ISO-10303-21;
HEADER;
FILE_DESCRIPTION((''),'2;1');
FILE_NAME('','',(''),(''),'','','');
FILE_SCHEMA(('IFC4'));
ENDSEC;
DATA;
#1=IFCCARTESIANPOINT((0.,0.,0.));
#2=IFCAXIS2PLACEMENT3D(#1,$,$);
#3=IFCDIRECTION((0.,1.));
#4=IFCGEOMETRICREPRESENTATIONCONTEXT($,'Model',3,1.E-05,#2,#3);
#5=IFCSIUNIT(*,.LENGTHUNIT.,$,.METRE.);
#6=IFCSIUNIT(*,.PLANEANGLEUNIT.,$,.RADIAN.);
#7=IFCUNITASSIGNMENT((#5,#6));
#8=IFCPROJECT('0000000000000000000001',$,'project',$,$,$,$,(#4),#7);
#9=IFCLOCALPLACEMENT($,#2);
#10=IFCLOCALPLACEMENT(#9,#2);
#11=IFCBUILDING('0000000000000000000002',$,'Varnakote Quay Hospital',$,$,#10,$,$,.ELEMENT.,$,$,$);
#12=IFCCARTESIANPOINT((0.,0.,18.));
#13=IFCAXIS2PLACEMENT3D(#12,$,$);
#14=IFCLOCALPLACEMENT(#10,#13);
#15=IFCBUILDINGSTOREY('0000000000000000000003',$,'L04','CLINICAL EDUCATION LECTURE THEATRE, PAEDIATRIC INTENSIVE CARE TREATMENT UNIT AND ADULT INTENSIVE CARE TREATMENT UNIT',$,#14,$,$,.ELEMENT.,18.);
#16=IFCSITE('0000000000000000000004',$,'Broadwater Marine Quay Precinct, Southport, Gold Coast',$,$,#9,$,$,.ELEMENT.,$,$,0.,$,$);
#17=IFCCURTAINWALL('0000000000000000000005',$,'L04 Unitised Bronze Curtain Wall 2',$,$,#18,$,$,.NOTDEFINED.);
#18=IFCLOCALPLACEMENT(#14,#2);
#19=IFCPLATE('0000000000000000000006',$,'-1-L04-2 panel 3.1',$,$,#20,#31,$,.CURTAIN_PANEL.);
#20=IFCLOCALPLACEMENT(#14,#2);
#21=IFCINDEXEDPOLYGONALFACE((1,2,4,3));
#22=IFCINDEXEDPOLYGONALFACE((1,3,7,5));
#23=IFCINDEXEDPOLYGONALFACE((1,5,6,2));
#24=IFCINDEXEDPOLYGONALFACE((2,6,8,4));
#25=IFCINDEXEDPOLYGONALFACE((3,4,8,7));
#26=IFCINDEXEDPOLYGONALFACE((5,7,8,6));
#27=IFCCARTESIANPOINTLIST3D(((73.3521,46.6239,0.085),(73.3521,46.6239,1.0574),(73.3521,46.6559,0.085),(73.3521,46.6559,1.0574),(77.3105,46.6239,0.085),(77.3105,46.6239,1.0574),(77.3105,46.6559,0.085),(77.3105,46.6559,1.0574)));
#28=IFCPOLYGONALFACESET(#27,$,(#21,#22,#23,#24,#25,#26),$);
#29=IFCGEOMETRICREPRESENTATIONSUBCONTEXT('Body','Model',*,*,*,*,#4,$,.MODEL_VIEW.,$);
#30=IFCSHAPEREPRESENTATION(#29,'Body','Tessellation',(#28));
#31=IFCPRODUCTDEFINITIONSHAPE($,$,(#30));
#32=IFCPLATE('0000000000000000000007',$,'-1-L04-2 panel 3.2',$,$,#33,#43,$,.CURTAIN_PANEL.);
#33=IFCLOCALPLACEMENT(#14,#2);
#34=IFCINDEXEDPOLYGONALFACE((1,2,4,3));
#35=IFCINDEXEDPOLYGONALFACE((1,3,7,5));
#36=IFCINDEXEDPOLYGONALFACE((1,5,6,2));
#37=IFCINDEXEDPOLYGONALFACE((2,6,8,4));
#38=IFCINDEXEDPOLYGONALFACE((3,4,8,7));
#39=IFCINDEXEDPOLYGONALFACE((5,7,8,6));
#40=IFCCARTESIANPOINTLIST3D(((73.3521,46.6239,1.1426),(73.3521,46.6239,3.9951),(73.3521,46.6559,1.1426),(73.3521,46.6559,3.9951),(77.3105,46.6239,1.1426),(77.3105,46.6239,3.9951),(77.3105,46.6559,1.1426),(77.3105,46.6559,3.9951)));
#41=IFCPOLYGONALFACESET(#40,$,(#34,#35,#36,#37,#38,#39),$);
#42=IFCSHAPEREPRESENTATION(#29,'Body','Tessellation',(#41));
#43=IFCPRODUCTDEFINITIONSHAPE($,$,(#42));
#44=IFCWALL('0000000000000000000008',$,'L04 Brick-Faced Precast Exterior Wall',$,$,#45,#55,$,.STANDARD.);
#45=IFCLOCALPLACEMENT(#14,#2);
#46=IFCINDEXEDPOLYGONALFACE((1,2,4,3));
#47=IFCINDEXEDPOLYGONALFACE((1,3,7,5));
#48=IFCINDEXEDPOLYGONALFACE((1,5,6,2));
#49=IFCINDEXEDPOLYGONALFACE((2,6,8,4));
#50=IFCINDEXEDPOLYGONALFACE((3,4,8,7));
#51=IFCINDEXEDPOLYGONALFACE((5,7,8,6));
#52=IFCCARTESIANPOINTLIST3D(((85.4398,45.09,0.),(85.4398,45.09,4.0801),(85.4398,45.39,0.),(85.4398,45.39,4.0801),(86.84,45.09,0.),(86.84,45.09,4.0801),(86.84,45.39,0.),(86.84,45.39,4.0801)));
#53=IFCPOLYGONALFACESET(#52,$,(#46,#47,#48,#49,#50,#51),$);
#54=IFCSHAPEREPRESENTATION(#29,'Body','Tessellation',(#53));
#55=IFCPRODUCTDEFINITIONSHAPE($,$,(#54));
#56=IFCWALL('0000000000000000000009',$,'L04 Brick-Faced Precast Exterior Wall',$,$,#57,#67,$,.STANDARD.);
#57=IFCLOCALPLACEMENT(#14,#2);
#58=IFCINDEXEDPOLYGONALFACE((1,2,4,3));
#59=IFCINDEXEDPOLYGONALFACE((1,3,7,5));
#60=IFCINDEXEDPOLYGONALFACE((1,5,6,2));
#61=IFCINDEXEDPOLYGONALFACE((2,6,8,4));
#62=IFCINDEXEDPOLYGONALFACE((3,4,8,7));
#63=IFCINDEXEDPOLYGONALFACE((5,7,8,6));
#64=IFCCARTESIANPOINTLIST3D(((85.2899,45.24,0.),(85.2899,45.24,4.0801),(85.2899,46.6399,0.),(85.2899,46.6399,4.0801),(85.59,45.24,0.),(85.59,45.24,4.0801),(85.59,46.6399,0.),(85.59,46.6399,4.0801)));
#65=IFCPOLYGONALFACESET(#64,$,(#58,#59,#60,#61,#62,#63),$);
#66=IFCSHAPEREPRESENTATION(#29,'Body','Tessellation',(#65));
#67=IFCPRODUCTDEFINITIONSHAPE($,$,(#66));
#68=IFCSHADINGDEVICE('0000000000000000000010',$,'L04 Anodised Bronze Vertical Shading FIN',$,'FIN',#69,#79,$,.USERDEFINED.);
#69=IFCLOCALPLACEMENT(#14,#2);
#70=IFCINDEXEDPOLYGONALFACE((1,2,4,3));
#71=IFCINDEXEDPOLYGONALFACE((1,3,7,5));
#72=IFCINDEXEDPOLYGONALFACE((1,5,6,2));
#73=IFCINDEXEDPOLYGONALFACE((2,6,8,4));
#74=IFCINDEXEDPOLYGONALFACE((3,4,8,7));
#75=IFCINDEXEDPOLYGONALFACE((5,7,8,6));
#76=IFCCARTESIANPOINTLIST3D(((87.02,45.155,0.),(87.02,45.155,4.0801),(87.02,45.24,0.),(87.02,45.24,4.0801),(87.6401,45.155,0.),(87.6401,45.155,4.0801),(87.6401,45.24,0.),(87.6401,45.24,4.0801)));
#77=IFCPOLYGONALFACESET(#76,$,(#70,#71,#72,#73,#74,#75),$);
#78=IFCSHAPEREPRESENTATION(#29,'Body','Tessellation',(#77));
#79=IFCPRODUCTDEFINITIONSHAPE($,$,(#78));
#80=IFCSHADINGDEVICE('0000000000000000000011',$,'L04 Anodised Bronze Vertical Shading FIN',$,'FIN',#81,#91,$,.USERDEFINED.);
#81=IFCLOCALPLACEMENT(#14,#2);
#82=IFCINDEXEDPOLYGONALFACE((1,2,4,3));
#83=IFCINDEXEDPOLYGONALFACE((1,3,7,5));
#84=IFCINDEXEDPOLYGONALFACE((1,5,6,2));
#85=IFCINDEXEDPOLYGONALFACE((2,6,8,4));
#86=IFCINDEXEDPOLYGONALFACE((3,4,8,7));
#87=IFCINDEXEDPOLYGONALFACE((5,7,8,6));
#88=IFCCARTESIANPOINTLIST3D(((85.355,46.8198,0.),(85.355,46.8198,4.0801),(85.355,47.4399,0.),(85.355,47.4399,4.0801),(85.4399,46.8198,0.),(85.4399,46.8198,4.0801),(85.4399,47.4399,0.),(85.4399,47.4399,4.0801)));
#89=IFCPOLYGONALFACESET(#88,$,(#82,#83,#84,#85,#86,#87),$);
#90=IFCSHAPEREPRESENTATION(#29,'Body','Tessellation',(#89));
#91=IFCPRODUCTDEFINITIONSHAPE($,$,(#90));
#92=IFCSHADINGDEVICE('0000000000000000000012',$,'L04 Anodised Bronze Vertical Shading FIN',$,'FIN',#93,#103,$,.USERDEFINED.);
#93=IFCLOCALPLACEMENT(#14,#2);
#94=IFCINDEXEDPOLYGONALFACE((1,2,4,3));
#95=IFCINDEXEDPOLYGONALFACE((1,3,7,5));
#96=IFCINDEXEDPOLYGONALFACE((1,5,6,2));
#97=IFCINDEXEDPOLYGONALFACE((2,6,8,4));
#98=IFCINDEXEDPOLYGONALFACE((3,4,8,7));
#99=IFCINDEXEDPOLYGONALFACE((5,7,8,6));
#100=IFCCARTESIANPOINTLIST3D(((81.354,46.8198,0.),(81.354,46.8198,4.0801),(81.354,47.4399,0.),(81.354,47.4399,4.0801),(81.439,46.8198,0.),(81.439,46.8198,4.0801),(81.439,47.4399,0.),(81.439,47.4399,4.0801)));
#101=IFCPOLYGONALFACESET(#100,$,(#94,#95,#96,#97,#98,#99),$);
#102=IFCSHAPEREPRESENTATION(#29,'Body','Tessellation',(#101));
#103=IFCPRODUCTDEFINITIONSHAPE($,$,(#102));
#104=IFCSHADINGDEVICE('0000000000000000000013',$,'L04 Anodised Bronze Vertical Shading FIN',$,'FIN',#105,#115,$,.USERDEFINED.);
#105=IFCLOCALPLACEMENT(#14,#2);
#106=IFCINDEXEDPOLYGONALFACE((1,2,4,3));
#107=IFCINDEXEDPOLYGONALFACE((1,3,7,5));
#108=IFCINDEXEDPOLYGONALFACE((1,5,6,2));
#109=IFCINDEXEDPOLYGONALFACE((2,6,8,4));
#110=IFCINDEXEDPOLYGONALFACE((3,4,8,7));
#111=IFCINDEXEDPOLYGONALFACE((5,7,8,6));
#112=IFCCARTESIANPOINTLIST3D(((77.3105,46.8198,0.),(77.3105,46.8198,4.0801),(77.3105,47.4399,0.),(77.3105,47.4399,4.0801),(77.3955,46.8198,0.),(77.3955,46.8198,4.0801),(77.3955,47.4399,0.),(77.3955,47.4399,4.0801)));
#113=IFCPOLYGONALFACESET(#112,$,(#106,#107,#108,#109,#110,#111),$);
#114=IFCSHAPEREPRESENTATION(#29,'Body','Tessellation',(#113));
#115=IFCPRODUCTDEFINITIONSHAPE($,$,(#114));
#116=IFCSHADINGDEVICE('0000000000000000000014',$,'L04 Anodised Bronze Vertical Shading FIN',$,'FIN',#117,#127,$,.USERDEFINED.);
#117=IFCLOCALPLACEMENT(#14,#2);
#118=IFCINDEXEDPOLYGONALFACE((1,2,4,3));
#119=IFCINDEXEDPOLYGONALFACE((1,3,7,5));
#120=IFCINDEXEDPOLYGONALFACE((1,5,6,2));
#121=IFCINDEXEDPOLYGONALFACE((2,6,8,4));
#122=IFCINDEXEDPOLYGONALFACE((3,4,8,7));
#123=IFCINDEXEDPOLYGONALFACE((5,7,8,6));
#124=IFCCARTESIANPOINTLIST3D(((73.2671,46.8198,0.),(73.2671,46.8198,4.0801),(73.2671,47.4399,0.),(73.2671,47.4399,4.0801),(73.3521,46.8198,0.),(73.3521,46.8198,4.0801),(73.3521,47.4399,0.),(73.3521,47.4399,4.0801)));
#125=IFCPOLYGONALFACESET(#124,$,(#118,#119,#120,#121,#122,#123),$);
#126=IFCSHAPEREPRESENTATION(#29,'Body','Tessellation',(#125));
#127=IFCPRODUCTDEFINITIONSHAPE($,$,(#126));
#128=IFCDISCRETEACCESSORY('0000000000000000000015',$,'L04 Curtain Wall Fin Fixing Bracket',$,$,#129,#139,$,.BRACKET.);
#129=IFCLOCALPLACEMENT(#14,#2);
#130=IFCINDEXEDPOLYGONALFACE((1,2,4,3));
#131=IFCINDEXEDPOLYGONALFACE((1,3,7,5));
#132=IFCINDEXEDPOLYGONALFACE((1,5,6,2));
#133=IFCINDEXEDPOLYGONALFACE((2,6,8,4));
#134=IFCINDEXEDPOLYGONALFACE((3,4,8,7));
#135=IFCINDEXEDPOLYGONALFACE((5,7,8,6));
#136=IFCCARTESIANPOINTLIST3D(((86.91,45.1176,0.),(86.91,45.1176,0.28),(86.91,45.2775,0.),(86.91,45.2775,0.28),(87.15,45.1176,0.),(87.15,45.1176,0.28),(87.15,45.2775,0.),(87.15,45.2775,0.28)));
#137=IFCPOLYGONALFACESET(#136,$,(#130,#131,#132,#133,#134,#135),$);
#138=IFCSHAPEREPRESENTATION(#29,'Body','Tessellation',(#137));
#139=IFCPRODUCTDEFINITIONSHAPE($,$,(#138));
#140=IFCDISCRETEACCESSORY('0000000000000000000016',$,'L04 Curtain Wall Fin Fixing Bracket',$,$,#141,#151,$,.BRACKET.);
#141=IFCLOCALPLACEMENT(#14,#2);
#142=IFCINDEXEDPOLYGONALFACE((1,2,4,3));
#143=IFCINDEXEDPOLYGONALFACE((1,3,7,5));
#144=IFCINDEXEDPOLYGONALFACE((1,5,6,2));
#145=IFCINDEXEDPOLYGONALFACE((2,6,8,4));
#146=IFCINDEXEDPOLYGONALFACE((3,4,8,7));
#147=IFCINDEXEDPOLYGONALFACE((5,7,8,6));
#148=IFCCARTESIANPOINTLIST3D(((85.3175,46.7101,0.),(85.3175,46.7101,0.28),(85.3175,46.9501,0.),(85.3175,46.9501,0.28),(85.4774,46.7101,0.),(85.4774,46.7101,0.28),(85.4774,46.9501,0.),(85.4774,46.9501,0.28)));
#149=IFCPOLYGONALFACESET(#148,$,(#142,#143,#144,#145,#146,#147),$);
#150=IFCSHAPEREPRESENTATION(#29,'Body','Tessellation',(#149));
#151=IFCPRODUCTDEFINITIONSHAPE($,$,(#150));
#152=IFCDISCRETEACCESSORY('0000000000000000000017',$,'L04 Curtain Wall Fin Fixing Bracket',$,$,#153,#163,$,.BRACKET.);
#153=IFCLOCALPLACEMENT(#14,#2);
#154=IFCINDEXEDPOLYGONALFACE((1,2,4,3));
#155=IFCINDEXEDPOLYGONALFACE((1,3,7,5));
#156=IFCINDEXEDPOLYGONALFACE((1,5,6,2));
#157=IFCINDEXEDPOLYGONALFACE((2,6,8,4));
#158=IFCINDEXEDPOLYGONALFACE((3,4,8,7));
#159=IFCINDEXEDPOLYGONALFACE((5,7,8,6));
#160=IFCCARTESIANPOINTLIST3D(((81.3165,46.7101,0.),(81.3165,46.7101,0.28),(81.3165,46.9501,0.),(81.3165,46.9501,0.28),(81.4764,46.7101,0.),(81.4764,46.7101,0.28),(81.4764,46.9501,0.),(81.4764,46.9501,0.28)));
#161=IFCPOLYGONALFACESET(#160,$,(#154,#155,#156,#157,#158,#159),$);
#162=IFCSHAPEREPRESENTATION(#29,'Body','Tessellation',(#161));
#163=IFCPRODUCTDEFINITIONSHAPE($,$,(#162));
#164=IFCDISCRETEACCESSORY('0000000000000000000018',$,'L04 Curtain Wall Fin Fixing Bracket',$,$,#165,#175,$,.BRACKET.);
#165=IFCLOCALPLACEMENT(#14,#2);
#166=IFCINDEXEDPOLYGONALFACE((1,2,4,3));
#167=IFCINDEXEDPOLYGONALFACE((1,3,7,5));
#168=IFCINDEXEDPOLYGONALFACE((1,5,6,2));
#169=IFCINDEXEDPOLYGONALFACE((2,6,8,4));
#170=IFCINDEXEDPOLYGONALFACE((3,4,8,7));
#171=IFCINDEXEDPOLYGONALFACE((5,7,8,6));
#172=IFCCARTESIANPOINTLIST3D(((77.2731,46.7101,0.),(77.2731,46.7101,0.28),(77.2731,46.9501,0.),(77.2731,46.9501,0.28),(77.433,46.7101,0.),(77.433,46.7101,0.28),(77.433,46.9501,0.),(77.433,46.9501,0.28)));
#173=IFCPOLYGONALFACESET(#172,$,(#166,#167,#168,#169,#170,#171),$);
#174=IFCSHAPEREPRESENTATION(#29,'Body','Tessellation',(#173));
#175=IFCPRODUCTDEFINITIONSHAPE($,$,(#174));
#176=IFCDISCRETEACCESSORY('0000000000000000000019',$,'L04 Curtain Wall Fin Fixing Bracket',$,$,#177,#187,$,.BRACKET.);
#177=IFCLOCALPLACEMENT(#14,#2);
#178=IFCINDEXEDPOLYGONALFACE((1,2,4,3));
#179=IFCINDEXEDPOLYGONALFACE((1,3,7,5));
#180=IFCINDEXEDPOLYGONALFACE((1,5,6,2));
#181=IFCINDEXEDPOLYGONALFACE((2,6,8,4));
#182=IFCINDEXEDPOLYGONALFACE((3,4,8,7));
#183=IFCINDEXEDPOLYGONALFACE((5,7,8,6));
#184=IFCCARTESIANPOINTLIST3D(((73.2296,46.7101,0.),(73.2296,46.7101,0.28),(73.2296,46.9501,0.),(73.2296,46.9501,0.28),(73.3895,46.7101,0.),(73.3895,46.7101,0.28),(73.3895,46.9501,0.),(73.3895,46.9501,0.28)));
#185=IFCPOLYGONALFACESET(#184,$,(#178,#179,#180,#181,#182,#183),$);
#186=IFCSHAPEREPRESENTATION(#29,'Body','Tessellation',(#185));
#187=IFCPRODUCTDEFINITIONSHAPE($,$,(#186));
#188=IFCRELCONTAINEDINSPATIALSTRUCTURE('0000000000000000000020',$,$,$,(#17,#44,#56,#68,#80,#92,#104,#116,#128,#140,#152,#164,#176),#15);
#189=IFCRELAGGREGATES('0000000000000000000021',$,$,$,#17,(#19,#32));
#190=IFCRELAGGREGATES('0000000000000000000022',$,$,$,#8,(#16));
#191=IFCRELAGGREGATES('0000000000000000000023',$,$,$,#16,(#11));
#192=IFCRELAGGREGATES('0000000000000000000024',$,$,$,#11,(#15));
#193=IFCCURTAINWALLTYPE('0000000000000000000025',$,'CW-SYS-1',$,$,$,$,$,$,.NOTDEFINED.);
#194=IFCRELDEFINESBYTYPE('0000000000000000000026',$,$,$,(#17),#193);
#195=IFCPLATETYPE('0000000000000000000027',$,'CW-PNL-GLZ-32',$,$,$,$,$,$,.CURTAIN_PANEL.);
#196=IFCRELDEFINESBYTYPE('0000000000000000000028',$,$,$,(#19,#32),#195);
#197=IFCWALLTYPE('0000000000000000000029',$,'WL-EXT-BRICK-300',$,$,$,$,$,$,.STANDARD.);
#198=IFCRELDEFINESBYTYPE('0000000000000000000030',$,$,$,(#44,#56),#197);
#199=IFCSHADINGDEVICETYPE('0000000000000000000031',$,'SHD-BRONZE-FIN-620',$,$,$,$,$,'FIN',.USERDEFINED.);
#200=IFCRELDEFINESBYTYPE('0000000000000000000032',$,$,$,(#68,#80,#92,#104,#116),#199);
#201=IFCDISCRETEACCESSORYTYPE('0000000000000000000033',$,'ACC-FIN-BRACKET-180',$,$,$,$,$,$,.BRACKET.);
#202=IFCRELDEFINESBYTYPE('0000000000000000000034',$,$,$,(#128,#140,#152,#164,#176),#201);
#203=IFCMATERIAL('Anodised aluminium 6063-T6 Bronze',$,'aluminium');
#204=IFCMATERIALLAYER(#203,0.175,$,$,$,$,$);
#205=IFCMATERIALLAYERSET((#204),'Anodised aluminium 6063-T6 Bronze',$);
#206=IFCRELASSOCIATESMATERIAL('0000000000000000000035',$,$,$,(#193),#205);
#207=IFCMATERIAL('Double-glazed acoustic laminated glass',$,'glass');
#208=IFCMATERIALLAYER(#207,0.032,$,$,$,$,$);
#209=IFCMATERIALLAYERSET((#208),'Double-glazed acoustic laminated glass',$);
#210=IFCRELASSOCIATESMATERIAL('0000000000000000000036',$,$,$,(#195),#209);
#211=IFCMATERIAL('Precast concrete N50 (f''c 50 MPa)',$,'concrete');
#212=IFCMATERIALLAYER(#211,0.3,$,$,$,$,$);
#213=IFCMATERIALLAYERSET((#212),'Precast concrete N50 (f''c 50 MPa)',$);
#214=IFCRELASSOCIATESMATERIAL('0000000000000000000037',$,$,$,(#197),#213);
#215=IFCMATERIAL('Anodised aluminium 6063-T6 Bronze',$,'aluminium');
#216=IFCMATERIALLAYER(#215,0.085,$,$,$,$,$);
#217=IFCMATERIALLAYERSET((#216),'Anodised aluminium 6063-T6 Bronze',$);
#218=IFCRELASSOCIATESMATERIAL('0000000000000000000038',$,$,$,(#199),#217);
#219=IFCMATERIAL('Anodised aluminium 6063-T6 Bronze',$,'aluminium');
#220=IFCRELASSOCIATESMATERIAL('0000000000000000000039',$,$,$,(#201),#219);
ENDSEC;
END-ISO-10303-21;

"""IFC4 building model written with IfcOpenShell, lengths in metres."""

from ifc_helpers import new_model, si_unit, direction, frame, frame_2d, origin, origin_2d, place, context, subcontext, project, spatial, rectangle, extrude, material, layer, layer_set, type_object, element, aggregate, save


model = new_model("IFC4")

# Units and contexts
model_context = context("Model", 3, precision=1e-05, world=origin(), true_north=direction((0.0, 1.0)))
body_context = subcontext(model_context, "Body", "Model", "MODEL_VIEW")
ifc_project = project(units=[si_unit("LENGTHUNIT", "METRE"), si_unit("PLANEANGLEUNIT", "RADIAN")], contexts=[model_context])

# Site, building, storey
site_placement = place(None, origin())
site = spatial("IfcSite", under=ifc_project, at=site_placement, Name="Broadwater Marine Quay Precinct, Southport, Gold Coast", CompositionType="ELEMENT", RefElevation=0.0)
building_placement = place(site_placement, origin())
building = spatial("IfcBuilding", under=site, at=building_placement, Name="Varnakote Quay Hospital", CompositionType="ELEMENT")
storey_placement = place(building_placement, frame((0.0, 0.0, 18.0)))
storey = spatial("IfcBuildingStorey", under=building, at=storey_placement, Name="L04", Description="CLINICAL EDUCATION LECTURE THEATRE, PAEDIATRIC INTENSIVE CARE TREATMENT UNIT AND ADULT INTENSIVE CARE TREATMENT UNIT", CompositionType="ELEMENT", Elevation=18.0)

# Shared definitions
ifc_material_1 = material(Name="Anodised aluminium 6063-T6 Bronze", Category="aluminium")
ifc_layer_1 = layer(ifc_material_1, 0.175)
ifc_layer_set_1 = layer_set([ifc_layer_1], Name="Anodised aluminium 6063-T6 Bronze")
curtain_wall_type = type_object("IfcCurtainWallType", Name="CW-SYS-1", PredefinedType="NOTDEFINED", material=ifc_layer_set_1)

# Curtain wall, plates
curtain_wall_1_placement = place(storey_placement, origin())
curtain_wall_1 = element("IfcCurtainWall", 1, at=curtain_wall_1_placement, inside=storey, type_object=curtain_wall_type, Name="L04 Unitised Bronze Curtain Wall 2", PredefinedType="NOTDEFINED")
ifc_material_2 = material(Name="Double-glazed acoustic laminated glass", Category="glass")
ifc_layer_2 = layer(ifc_material_2, 0.032)
ifc_layer_set_2 = layer_set([ifc_layer_2], Name="Double-glazed acoustic laminated glass")
plate_type = type_object("IfcPlateType", Name="CW-PNL-GLZ-32", PredefinedType="CURTAIN_PANEL", material=ifc_layer_set_2)
plate_1_placement = place(storey_placement, frame((75.3313, 46.6399, 0.085), z_axis=(0.0, 0.0, 1.0), x_axis=(-1.0, 0.0, 0.0)))
plate_1 = element("IfcPlate", 2, at=plate_1_placement, type_object=plate_type, Name="-1-L04-2 panel 3.1", PredefinedType="CURTAIN_PANEL", context=body_context, shape_type="SweptSolid", body=[
    extrude(rectangle(XDim=3.9585, YDim=0.032, at=origin_2d()), origin(), (0.0, 0.0, 1.0), 0.9724),
])
plate_2_placement = place(storey_placement, frame((75.3313, 46.6399, 1.1426), z_axis=(0.0, 0.0, 1.0), x_axis=(-1.0, 0.0, 0.0)))
plate_2 = element("IfcPlate", 3, at=plate_2_placement, type_object=plate_type, Name="-1-L04-2 panel 3.2", PredefinedType="CURTAIN_PANEL", context=body_context, shape_type="SweptSolid", body=[
    extrude(rectangle(XDim=3.9585, YDim=0.032, at=origin_2d()), origin(), (0.0, 0.0, 1.0), 2.8525),
])
aggregate(curtain_wall_1, [plate_1, plate_2])

# Walls
ifc_material_3 = material(Name="Precast concrete N50 (f'c 50 MPa)", Category="concrete")
ifc_layer_3 = layer(ifc_material_3, 0.3)
ifc_layer_set_3 = layer_set([ifc_layer_3], Name="Precast concrete N50 (f'c 50 MPa)")
wall_type = type_object("IfcWallType", Name="WL-EXT-BRICK-300", PredefinedType="STANDARD", material=ifc_layer_set_3)
wall_1_placement = place(storey_placement, frame((86.8401, 45.24, 0.0), z_axis=(0.0, 0.0, 1.0), x_axis=(-1.0, 0.0, 0.0)))
element("IfcWall", 4, at=wall_1_placement, inside=storey, type_object=wall_type, Name="L04 Brick-Faced Precast Exterior Wall", PredefinedType="STANDARD", context=body_context, shape_type="SweptSolid", body=[
    extrude(rectangle(XDim=1.4001, YDim=0.3, at=frame_2d((0.7002, 0.0))), origin(), (0.0, 0.0, 1.0), 4.0801),
])
wall_2_placement = place(storey_placement, frame((85.4399, 45.24, 0.0), z_axis=(0.0, 0.0, 1.0), x_axis=(0.0, 1.0, 0.0)))
element("IfcWall", 5, at=wall_2_placement, inside=storey, type_object=wall_type, Name="L04 Brick-Faced Precast Exterior Wall", PredefinedType="STANDARD", context=body_context, shape_type="SweptSolid", body=[
    extrude(rectangle(XDim=1.3999, YDim=0.3, at=frame_2d((0.7, 0.0))), origin(), (0.0, 0.0, 1.0), 4.0801),
])

# Shading devices
ifc_material_4 = material(Name="Anodised aluminium 6063-T6 Bronze", Category="aluminium")
ifc_layer_4 = layer(ifc_material_4, 0.085)
ifc_layer_set_4 = layer_set([ifc_layer_4], Name="Anodised aluminium 6063-T6 Bronze")
shading_device_type = type_object("IfcShadingDeviceType", Name="SHD-BRONZE-FIN-620", ElementType="FIN", PredefinedType="USERDEFINED", material=ifc_layer_set_4)
for number, where, z_axis, x_axis, name in (
    (6, (87.3301, 45.1975, 0.0), (0.0, 0.0, 1.0), (-1.0, 0.0, 0.0), "L04 Anodised Bronze Vertical Shading FIN"),
    (7, (85.3975, 47.1299, 0.0), (0.0, 0.0, 1.0), (0.0, -1.0, 0.0), "L04 Anodised Bronze Vertical Shading FIN"),
    (8, (81.3965, 47.1299, 0.0), (0.0, 0.0, 1.0), (0.0, -1.0, 0.0), "L04 Anodised Bronze Vertical Shading FIN"),
    (9, (77.353, 47.1299, 0.0), (0.0, 0.0, 1.0), (0.0, -1.0, 0.0), "L04 Anodised Bronze Vertical Shading FIN"),
    (10, (73.3096, 47.1299, 0.0), (0.0, 0.0, 1.0), (0.0, -1.0, 0.0), "L04 Anodised Bronze Vertical Shading FIN"),
):
    element("IfcShadingDevice", number, at=place(storey_placement, frame(where, z_axis=z_axis, x_axis=x_axis)), inside=storey, type_object=shading_device_type, Name=name, ObjectType="FIN", PredefinedType="USERDEFINED", context=body_context, shape_type="SweptSolid", body=[
        extrude(rectangle(XDim=0.6201, YDim=0.085, at=origin_2d()), origin(), (0.0, 0.0, 1.0), 4.0801),
    ])

# Discrete accessories
ifc_material_5 = material(Name="Anodised aluminium 6063-T6 Bronze", Category="aluminium")
discrete_accessory_type = type_object("IfcDiscreteAccessoryType", Name="ACC-FIN-BRACKET-180", PredefinedType="BRACKET", material=ifc_material_5)
for number, where, z_axis, x_axis, name in (
    (11, (87.03, 45.1975, 0.0), (0.0, 0.0, 1.0), (0.0, 1.0, 0.0), "L04 Curtain Wall Fin Fixing Bracket"),
    (12, (85.3975, 46.8301, 0.0), (0.0, 0.0, 1.0), (-1.0, 0.0, 0.0), "L04 Curtain Wall Fin Fixing Bracket"),
    (13, (81.3965, 46.8301, 0.0), (0.0, 0.0, 1.0), (-1.0, 0.0, 0.0), "L04 Curtain Wall Fin Fixing Bracket"),
    (14, (77.353, 46.8301, 0.0), (0.0, 0.0, 1.0), (-1.0, 0.0, 0.0), "L04 Curtain Wall Fin Fixing Bracket"),
    (15, (73.3096, 46.8301, 0.0), (0.0, 0.0, 1.0), (-1.0, 0.0, 0.0), "L04 Curtain Wall Fin Fixing Bracket"),
):
    element("IfcDiscreteAccessory", number, at=place(storey_placement, frame(where, z_axis=z_axis, x_axis=x_axis)), inside=storey, type_object=discrete_accessory_type, Name=name, PredefinedType="BRACKET", context=body_context, shape_type="SweptSolid", body=[
        extrude(rectangle(XDim=0.1599, YDim=0.24, at=origin_2d()), origin(), (0.0, 0.0, 1.0), 0.28),
    ])

save(model, "model.ifc")
